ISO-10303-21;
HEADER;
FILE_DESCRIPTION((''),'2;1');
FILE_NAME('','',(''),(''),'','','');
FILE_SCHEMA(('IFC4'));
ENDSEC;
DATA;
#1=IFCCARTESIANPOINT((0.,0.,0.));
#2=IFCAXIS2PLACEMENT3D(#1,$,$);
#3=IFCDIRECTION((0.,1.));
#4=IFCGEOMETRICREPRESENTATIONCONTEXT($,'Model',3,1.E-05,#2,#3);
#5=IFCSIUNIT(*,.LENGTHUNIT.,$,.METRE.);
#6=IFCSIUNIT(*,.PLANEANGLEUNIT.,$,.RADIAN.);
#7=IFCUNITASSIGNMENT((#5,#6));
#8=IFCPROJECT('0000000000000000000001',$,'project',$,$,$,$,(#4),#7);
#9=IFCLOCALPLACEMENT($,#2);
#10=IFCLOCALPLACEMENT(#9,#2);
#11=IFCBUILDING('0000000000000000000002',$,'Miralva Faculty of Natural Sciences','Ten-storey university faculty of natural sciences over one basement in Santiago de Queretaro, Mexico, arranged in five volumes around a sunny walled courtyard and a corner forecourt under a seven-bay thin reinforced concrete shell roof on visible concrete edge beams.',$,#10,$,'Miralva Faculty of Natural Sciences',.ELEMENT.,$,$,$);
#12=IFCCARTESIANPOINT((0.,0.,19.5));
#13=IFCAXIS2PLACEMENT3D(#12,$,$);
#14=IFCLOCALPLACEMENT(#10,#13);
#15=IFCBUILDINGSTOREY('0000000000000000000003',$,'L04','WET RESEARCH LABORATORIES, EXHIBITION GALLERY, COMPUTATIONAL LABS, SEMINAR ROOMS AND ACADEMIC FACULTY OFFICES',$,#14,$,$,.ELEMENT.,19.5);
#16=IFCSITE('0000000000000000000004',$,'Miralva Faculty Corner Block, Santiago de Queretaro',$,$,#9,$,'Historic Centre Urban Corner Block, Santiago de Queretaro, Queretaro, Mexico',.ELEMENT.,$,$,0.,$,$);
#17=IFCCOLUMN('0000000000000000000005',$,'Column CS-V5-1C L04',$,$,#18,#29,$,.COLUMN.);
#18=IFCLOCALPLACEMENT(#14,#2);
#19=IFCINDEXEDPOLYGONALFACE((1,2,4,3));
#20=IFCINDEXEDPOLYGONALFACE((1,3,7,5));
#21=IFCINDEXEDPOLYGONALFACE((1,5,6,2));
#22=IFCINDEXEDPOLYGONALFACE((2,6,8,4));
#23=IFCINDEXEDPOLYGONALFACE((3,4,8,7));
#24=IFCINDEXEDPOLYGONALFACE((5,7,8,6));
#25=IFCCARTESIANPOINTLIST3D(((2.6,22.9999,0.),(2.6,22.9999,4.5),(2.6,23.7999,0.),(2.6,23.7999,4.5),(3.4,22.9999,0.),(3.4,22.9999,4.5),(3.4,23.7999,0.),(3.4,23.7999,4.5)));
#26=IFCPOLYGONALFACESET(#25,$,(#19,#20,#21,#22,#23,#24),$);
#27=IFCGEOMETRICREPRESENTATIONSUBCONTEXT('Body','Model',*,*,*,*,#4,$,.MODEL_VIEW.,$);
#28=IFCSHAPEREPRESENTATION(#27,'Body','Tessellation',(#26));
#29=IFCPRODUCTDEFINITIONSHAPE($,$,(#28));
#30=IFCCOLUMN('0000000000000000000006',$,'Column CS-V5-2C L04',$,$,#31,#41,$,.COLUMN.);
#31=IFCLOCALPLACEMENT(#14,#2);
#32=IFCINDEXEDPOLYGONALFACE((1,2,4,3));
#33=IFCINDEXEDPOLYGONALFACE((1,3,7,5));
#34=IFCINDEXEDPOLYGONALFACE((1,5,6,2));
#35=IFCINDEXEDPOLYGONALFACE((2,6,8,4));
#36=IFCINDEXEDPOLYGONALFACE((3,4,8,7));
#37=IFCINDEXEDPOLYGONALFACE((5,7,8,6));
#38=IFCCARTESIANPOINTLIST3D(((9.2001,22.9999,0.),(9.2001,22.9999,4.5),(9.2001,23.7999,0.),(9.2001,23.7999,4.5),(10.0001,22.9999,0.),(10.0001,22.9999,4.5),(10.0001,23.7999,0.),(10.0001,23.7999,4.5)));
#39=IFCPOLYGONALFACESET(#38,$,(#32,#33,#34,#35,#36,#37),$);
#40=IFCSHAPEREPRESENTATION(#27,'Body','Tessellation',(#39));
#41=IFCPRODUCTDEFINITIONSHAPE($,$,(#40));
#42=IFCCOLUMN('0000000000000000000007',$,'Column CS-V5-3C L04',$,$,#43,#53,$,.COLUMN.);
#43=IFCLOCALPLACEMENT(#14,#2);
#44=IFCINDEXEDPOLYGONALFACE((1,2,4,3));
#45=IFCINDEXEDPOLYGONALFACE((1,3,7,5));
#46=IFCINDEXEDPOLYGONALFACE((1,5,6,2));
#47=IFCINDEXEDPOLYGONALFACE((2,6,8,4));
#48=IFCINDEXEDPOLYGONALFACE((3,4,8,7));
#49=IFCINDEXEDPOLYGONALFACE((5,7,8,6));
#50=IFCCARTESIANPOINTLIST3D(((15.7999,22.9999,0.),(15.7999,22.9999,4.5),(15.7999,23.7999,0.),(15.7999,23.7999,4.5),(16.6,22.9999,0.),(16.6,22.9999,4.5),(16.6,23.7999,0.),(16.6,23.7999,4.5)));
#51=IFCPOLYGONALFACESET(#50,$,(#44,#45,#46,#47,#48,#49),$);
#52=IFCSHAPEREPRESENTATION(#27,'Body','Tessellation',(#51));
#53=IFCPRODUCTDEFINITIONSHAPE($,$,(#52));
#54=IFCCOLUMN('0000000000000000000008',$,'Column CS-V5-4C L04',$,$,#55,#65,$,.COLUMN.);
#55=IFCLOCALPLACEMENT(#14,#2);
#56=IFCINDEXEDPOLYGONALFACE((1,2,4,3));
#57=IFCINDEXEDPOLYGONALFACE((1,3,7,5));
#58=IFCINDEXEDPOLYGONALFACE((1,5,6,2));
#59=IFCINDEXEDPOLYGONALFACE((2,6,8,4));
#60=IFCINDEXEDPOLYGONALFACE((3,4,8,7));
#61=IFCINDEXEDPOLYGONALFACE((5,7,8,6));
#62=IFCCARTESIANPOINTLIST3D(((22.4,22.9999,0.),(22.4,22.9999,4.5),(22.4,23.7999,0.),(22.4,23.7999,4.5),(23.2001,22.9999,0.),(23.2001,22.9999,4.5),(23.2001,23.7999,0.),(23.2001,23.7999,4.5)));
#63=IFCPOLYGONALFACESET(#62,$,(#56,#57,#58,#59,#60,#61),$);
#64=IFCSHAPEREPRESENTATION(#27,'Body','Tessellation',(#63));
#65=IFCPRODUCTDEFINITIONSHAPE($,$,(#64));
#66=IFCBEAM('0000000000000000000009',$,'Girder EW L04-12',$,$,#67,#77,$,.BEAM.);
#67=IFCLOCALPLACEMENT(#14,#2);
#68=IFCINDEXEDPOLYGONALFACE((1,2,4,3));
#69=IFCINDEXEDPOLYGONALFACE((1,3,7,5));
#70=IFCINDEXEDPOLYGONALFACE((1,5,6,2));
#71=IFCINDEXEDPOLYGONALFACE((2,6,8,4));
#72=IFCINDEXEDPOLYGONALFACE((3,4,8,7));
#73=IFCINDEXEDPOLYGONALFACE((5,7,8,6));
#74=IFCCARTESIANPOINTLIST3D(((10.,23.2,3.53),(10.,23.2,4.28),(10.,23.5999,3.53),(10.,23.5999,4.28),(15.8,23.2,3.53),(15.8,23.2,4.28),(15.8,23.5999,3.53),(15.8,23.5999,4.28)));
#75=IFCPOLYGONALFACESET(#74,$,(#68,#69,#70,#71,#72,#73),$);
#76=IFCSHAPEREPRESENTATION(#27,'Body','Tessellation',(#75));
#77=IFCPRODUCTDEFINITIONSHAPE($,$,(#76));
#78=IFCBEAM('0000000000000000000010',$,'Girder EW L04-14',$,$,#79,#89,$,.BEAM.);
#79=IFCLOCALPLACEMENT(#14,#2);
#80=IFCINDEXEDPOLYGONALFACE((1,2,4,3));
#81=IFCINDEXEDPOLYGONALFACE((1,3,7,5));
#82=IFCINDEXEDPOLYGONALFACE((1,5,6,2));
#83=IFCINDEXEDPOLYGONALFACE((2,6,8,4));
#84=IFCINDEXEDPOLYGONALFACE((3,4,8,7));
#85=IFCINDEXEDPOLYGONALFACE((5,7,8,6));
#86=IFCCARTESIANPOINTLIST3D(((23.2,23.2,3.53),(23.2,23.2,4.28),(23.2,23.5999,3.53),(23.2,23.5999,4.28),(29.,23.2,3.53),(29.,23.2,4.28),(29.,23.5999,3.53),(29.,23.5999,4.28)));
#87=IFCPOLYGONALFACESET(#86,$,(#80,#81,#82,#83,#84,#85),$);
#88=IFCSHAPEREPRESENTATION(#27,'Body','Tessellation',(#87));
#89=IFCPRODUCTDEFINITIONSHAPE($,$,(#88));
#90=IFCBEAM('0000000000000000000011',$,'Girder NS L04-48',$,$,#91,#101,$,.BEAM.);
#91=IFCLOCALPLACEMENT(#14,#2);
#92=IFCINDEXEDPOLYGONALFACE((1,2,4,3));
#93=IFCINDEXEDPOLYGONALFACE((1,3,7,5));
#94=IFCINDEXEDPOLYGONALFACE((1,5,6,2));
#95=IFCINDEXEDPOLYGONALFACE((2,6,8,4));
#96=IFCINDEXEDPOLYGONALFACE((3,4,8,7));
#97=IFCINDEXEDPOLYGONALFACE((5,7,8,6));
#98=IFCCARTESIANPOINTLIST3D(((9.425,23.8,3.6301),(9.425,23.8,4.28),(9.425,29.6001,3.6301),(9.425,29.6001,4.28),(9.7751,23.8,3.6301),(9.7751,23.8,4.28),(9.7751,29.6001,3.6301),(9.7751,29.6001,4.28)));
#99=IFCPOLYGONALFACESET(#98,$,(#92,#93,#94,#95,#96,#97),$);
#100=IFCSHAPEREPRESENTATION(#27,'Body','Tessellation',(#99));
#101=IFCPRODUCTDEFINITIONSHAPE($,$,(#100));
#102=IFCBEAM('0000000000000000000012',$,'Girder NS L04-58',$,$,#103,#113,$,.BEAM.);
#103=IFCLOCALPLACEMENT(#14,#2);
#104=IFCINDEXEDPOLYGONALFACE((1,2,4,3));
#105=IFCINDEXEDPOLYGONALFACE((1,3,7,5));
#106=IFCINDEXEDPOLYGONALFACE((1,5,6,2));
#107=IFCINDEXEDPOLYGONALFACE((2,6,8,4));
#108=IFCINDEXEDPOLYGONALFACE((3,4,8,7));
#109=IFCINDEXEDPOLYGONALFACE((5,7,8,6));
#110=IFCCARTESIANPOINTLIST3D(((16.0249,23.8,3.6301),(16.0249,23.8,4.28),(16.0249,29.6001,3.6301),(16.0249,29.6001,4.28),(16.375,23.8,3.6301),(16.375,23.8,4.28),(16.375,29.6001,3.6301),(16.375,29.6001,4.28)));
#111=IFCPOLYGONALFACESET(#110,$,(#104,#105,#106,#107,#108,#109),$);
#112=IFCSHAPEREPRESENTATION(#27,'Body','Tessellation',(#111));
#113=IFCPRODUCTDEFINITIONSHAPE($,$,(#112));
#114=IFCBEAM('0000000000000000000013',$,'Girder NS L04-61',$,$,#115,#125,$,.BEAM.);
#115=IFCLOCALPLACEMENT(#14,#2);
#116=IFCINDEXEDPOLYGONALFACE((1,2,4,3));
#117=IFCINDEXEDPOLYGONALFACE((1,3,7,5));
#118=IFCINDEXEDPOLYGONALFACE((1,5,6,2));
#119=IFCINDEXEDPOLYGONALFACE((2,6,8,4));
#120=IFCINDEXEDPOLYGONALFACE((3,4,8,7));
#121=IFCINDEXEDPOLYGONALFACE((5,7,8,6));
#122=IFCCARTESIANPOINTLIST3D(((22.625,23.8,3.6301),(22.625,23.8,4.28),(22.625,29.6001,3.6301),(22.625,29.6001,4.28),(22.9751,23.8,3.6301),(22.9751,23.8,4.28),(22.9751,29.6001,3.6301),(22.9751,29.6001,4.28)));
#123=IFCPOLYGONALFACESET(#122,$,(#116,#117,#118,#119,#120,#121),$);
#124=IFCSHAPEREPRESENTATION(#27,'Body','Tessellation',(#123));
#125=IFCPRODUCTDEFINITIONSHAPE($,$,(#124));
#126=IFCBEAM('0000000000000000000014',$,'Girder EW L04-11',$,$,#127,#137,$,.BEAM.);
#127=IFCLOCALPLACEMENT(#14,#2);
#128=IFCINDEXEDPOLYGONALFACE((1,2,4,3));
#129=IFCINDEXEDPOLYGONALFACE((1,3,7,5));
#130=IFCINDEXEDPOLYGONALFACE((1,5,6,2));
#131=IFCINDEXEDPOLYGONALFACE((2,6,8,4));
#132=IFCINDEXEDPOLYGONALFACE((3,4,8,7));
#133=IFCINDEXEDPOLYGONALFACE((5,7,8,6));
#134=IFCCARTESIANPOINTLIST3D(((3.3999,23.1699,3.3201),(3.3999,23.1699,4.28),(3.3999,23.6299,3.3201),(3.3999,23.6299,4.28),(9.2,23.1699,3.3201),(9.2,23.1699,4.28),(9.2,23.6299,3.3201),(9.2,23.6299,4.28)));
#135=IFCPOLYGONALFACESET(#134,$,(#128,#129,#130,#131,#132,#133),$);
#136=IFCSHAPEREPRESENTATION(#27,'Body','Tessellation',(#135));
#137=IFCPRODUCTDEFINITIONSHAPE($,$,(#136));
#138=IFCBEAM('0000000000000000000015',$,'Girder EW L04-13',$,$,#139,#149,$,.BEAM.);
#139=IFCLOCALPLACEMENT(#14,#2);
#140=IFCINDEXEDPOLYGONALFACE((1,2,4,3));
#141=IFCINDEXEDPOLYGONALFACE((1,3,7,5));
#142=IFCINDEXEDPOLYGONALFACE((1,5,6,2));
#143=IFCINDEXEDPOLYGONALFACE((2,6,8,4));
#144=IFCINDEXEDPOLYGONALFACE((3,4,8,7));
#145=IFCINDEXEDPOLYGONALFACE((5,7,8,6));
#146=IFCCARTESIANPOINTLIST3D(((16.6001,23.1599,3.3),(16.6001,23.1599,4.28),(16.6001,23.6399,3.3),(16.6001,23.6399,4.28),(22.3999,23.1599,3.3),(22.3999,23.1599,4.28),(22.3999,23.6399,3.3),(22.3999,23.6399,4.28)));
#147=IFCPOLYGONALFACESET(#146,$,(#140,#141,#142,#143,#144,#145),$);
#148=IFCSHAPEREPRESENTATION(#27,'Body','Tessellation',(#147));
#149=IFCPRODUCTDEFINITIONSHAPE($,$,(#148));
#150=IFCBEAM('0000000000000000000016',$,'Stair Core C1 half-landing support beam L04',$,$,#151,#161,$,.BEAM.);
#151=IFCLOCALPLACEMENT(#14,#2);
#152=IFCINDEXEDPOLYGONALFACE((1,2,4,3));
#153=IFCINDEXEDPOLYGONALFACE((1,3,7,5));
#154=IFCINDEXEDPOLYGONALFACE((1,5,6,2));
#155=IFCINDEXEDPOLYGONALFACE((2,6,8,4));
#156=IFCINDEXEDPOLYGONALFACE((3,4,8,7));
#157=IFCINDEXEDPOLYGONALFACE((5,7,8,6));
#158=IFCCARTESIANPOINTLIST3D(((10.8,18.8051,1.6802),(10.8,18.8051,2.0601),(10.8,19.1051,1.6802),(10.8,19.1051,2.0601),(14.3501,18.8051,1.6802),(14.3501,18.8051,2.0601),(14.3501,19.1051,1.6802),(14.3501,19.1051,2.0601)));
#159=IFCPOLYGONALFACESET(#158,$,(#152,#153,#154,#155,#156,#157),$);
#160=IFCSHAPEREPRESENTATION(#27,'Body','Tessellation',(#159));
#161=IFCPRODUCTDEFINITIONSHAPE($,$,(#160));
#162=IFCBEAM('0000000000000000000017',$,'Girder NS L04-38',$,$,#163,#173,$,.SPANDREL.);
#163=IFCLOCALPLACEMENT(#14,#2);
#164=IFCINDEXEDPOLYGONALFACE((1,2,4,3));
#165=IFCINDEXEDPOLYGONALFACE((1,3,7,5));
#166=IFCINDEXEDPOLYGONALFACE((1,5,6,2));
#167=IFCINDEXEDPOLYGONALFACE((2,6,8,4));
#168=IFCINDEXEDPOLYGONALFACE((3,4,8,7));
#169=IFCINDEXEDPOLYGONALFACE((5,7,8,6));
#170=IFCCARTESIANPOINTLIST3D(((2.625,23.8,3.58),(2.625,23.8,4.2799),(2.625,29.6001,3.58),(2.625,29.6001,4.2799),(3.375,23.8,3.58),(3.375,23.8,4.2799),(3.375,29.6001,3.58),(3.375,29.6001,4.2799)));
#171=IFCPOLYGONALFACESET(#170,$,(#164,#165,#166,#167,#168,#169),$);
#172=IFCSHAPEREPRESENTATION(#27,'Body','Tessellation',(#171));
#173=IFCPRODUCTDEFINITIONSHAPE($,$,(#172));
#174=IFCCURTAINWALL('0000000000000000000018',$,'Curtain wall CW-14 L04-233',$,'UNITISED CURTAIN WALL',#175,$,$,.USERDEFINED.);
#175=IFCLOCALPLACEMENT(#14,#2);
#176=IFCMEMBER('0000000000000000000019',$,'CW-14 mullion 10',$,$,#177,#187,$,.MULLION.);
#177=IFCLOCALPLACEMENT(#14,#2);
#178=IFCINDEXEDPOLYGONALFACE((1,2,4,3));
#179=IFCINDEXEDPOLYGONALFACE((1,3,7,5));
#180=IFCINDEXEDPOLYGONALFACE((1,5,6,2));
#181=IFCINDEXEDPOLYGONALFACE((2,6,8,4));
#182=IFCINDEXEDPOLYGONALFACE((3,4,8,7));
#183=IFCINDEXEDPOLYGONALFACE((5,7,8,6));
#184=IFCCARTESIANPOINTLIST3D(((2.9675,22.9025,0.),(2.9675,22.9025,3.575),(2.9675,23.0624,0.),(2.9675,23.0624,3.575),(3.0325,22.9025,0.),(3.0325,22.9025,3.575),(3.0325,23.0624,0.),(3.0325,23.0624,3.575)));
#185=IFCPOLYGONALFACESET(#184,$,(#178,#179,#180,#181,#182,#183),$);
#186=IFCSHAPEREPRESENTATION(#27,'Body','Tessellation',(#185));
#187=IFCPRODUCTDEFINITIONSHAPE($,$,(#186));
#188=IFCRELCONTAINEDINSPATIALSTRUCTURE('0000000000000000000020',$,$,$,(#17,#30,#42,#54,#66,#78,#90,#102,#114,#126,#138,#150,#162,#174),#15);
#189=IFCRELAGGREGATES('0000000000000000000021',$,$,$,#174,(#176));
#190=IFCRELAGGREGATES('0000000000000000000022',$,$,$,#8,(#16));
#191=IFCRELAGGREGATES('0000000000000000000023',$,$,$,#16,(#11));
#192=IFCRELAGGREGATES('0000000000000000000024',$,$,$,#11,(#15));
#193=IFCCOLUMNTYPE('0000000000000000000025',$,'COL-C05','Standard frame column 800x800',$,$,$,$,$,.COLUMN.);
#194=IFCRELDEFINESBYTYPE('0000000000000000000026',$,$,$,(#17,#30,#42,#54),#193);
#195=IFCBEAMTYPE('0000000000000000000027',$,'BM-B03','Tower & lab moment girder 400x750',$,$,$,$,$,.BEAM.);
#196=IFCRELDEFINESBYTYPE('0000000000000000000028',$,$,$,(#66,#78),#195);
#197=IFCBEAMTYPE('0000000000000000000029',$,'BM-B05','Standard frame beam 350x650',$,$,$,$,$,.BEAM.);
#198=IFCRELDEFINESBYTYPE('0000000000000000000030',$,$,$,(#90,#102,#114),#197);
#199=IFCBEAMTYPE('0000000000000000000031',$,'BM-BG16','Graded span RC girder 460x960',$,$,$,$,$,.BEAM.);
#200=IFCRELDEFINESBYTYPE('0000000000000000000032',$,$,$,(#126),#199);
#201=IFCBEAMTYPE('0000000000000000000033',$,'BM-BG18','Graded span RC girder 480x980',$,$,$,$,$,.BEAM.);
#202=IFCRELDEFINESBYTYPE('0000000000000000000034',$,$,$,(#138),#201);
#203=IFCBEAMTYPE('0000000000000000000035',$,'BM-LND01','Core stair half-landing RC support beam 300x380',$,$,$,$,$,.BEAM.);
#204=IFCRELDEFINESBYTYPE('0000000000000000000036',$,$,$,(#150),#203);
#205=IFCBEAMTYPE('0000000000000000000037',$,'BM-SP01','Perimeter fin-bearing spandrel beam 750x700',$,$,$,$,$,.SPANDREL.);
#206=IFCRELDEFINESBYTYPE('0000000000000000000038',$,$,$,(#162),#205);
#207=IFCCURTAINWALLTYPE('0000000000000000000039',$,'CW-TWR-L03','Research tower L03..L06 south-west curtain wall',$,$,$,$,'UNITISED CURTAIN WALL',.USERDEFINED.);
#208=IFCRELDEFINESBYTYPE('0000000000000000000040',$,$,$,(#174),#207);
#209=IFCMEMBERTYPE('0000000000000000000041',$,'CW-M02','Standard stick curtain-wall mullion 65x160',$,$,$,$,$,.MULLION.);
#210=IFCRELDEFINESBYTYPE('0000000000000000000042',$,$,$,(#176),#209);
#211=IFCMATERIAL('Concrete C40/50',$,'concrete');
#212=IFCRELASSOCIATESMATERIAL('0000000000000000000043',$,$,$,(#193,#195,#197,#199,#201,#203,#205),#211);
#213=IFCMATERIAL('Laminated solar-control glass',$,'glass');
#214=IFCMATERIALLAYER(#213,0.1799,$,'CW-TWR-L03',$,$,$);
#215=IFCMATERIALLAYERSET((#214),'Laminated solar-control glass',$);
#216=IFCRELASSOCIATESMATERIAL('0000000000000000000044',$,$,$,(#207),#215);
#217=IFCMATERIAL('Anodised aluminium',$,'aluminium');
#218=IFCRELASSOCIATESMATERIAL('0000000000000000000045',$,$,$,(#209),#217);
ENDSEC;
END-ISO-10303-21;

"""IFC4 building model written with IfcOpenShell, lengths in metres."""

from ifc_helpers import new_model, si_unit, direction, frame, origin, origin_2d, place, context, subcontext, project, spatial, rectangle, extrude, material, layer, layer_set, material_profile, profile_set, type_object, element, aggregate, save


model = new_model("IFC4")

# Units and contexts
model_context = context("Model", 3, precision=1e-05, world=origin(), true_north=direction((0.0, 1.0)))
body_context = subcontext(model_context, "Body", "Model", "MODEL_VIEW")
ifc_project = project(units=[si_unit("LENGTHUNIT", "METRE"), si_unit("PLANEANGLEUNIT", "RADIAN")], contexts=[model_context])

# Site, building, storey
site_placement = place(None, origin())
site = spatial("IfcSite", under=ifc_project, at=site_placement, Name="Miralva Faculty Corner Block, Santiago de Queretaro", LongName="Historic Centre Urban Corner Block, Santiago de Queretaro, Queretaro, Mexico", CompositionType="ELEMENT", RefElevation=0.0)
building_placement = place(site_placement, origin())
building = spatial("IfcBuilding", under=site, at=building_placement, Name="Miralva Faculty of Natural Sciences", Description="Ten-storey university faculty of natural sciences over one basement in Santiago de Queretaro, Mexico, arranged in five volumes around a sunny walled courtyard and a corner forecourt under a seven-bay thin reinforced concrete shell roof on visible concrete edge beams.", LongName="Miralva Faculty of Natural Sciences", CompositionType="ELEMENT")
storey_placement = place(building_placement, frame((0.0, 0.0, 19.5)))
storey = spatial("IfcBuildingStorey", under=building, at=storey_placement, Name="L04", Description="WET RESEARCH LABORATORIES, EXHIBITION GALLERY, COMPUTATIONAL LABS, SEMINAR ROOMS AND ACADEMIC FACULTY OFFICES", CompositionType="ELEMENT", Elevation=19.5)

# Columns
ifc_material_1 = material(Name="Concrete C40/50", Category="concrete")
ifc_material_profile_1 = material_profile(ifc_material_1, rectangle(XDim=0.8, YDim=0.8, at=origin_2d()), Name="RC 800x800")
ifc_profile_set_1 = profile_set([ifc_material_profile_1], Name="Concrete C40/50")
column_type = type_object("IfcColumnType", Name="COL-C05", Description="Standard frame column 800x800", PredefinedType="COLUMN", material=ifc_profile_set_1)
for number, where, z_axis, x_axis, name in (
    (1, (3.0, 23.3999, 0.0), (0.0, 0.0, 1.0), (1.0, 0.0, 0.0), "Column CS-V5-1C L04"),
    (2, (9.6001, 23.3999, 0.0), (0.0, 0.0, 1.0), (1.0, 0.0, 0.0), "Column CS-V5-2C L04"),
    (3, (16.2, 23.3999, 0.0), (0.0, 0.0, 1.0), (1.0, 0.0, 0.0), "Column CS-V5-3C L04"),
    (4, (22.8, 23.3999, 0.0), (0.0, 0.0, 1.0), (1.0, 0.0, 0.0), "Column CS-V5-4C L04"),
):
    element("IfcColumn", number, at=place(storey_placement, frame(where, z_axis=z_axis, x_axis=x_axis)), inside=storey, type_object=column_type, Name=name, PredefinedType="COLUMN", context=body_context, shape_type="SweptSolid", body=[
        extrude(rectangle(XDim=0.8, YDim=0.8, at=origin_2d()), origin(), (0.0, 0.0, 1.0), 4.5),
    ])

# Beams
ifc_material_profile_2 = material_profile(ifc_material_1, rectangle(XDim=0.3999, YDim=0.75, at=origin_2d()), Name="RC 400x750")
ifc_profile_set_2 = profile_set([ifc_material_profile_2], Name="Concrete C40/50")
beam_type_1 = type_object("IfcBeamType", Name="BM-B03", Description="Tower & lab moment girder 400x750", PredefinedType="BEAM", material=ifc_profile_set_2)
for number, where, z_axis, x_axis, name in (
    (5, (10.0, 23.3999, 3.905), (1.0, 0.0, 0.0), (0.0, 1.0, 0.0), "Girder EW L04-12"),
    (6, (23.2, 23.3999, 3.905), (1.0, 0.0, 0.0), (0.0, 1.0, 0.0), "Girder EW L04-14"),
):
    element("IfcBeam", number, at=place(storey_placement, frame(where, z_axis=z_axis, x_axis=x_axis)), inside=storey, type_object=beam_type_1, Name=name, PredefinedType="BEAM", context=body_context, shape_type="SweptSolid", body=[
        extrude(rectangle(XDim=0.3999, YDim=0.75, at=origin_2d()), origin(), (0.0, 0.0, 1.0), 5.8),
    ])
ifc_material_profile_3 = material_profile(ifc_material_1, rectangle(XDim=0.3501, YDim=0.6499, at=origin_2d()), Name="RC 350x650")
ifc_profile_set_3 = profile_set([ifc_material_profile_3], Name="Concrete C40/50")
beam_type_2 = type_object("IfcBeamType", Name="BM-B05", Description="Standard frame beam 350x650", PredefinedType="BEAM", material=ifc_profile_set_3)
for number, where, z_axis, x_axis, name in (
    (7, (9.6001, 23.8, 3.9551), (0.0, 1.0, 0.0), (-1.0, 0.0, 0.0), "Girder NS L04-48"),
    (8, (16.2, 23.8, 3.9551), (0.0, 1.0, 0.0), (-1.0, 0.0, 0.0), "Girder NS L04-58"),
    (9, (22.8, 23.8, 3.9551), (0.0, 1.0, 0.0), (-1.0, 0.0, 0.0), "Girder NS L04-61"),
):
    element("IfcBeam", number, at=place(storey_placement, frame(where, z_axis=z_axis, x_axis=x_axis)), inside=storey, type_object=beam_type_2, Name=name, PredefinedType="BEAM", context=body_context, shape_type="SweptSolid", body=[
        extrude(rectangle(XDim=0.3501, YDim=0.6499, at=origin_2d()), origin(), (0.0, 0.0, 1.0), 5.8),
    ])
ifc_material_profile_4 = material_profile(ifc_material_1, rectangle(XDim=0.46, YDim=0.96, at=origin_2d()), Name="RC 460x960")
ifc_profile_set_4 = profile_set([ifc_material_profile_4], Name="Concrete C40/50")
beam_type_3 = type_object("IfcBeamType", Name="BM-BG16", Description="Graded span RC girder 460x960", PredefinedType="BEAM", material=ifc_profile_set_4)
beam_1_placement = place(storey_placement, frame((3.3999, 23.3999, 3.8), z_axis=(1.0, 0.0, 0.0), x_axis=(0.0, 1.0, 0.0)))
element("IfcBeam", 10, at=beam_1_placement, inside=storey, type_object=beam_type_3, Name="Girder EW L04-11", PredefinedType="BEAM", context=body_context, shape_type="SweptSolid", body=[
    extrude(rectangle(XDim=0.46, YDim=0.96, at=origin_2d()), origin(), (0.0, 0.0, 1.0), 5.8),
])
ifc_material_profile_5 = material_profile(ifc_material_1, rectangle(XDim=0.48, YDim=0.98, at=origin_2d()), Name="RC 480x980")
ifc_profile_set_5 = profile_set([ifc_material_profile_5], Name="Concrete C40/50")
beam_type_4 = type_object("IfcBeamType", Name="BM-BG18", Description="Graded span RC girder 480x980", PredefinedType="BEAM", material=ifc_profile_set_5)
beam_2_placement = place(storey_placement, frame((16.6001, 23.3999, 3.79), z_axis=(1.0, 0.0, 0.0), x_axis=(0.0, 1.0, 0.0)))
element("IfcBeam", 11, at=beam_2_placement, inside=storey, type_object=beam_type_4, Name="Girder EW L04-13", PredefinedType="BEAM", context=body_context, shape_type="SweptSolid", body=[
    extrude(rectangle(XDim=0.48, YDim=0.98, at=origin_2d()), origin(), (0.0, 0.0, 1.0), 5.7998),
])
ifc_material_profile_6 = material_profile(ifc_material_1, rectangle(XDim=0.3, YDim=0.3799, at=origin_2d()), Name="RC 300x380")
ifc_profile_set_6 = profile_set([ifc_material_profile_6], Name="Concrete C40/50")
beam_type_5 = type_object("IfcBeamType", Name="BM-LND01", Description="Core stair half-landing RC support beam 300x380", PredefinedType="BEAM", material=ifc_profile_set_6)
beam_3_placement = place(storey_placement, frame((10.8, 18.9551, 1.8701), z_axis=(1.0, 0.0, 0.0), x_axis=(0.0, 1.0, 0.0)))
element("IfcBeam", 12, at=beam_3_placement, inside=storey, type_object=beam_type_5, Name="Stair Core C1 half-landing support beam L04", PredefinedType="BEAM", context=body_context, shape_type="SweptSolid", body=[
    extrude(rectangle(XDim=0.3, YDim=0.3799, at=origin_2d()), origin(), (0.0, 0.0, 1.0), 3.55),
])
ifc_material_profile_7 = material_profile(ifc_material_1, rectangle(XDim=0.75, YDim=0.7, at=origin_2d()), Name="RC 750x700")
ifc_profile_set_7 = profile_set([ifc_material_profile_7], Name="Concrete C40/50")
beam_type_6 = type_object("IfcBeamType", Name="BM-SP01", Description="Perimeter fin-bearing spandrel beam 750x700", PredefinedType="SPANDREL", material=ifc_profile_set_7)
beam_4_placement = place(storey_placement, frame((3.0, 23.8, 3.9299), z_axis=(0.0, 1.0, 0.0), x_axis=(-1.0, 0.0, 0.0)))
element("IfcBeam", 13, at=beam_4_placement, inside=storey, type_object=beam_type_6, Name="Girder NS L04-38", PredefinedType="SPANDREL", context=body_context, shape_type="SweptSolid", body=[
    extrude(rectangle(XDim=0.75, YDim=0.7, at=origin_2d()), origin(), (0.0, 0.0, 1.0), 5.8),
])

# Curtain wall, member
ifc_material_2 = material(Name="Laminated solar-control glass", Category="glass")
ifc_layer_1 = layer(ifc_material_2, 0.1799, Name="CW-TWR-L03")
ifc_layer_set_1 = layer_set([ifc_layer_1], Name="Laminated solar-control glass")
curtain_wall_type = type_object("IfcCurtainWallType", Name="CW-TWR-L03", Description="Research tower L03..L06 south-west curtain wall", ElementType="UNITISED CURTAIN WALL", PredefinedType="USERDEFINED", material=ifc_layer_set_1)
curtain_wall_placement = place(storey_placement, origin())
curtain_wall = element("IfcCurtainWall", 14, at=curtain_wall_placement, inside=storey, type_object=curtain_wall_type, Name="Curtain wall CW-14 L04-233", ObjectType="UNITISED CURTAIN WALL", PredefinedType="USERDEFINED")
ifc_material_3 = material(Name="Anodised aluminium", Category="aluminium")
ifc_material_profile_8 = material_profile(ifc_material_3, rectangle(XDim=0.0649, YDim=0.1599, at=origin_2d()), Name="MULLION 65x160")
ifc_profile_set_8 = profile_set([ifc_material_profile_8], Name="Anodised aluminium")
member_type_1 = type_object("IfcMemberType", Name="CW-M02", Description="Standard stick curtain-wall mullion 65x160", PredefinedType="MULLION", material=ifc_profile_set_8)
member_1_placement = place(storey_placement, frame((3.0, 22.9824, 0.0), z_axis=(0.0, 0.0, 1.0), x_axis=(-1.0, 0.0, 0.0)))
member_1 = element("IfcMember", 15, at=member_1_placement, type_object=member_type_1, Name="CW-14 mullion 10", PredefinedType="MULLION", context=body_context, shape_type="SweptSolid", body=[
    extrude(rectangle(XDim=0.0649, YDim=0.1599, at=origin_2d()), origin(), (0.0, 0.0, 1.0), 3.575),
])
aggregate(curtain_wall, [member_1])

save(model, "model.ifc")
